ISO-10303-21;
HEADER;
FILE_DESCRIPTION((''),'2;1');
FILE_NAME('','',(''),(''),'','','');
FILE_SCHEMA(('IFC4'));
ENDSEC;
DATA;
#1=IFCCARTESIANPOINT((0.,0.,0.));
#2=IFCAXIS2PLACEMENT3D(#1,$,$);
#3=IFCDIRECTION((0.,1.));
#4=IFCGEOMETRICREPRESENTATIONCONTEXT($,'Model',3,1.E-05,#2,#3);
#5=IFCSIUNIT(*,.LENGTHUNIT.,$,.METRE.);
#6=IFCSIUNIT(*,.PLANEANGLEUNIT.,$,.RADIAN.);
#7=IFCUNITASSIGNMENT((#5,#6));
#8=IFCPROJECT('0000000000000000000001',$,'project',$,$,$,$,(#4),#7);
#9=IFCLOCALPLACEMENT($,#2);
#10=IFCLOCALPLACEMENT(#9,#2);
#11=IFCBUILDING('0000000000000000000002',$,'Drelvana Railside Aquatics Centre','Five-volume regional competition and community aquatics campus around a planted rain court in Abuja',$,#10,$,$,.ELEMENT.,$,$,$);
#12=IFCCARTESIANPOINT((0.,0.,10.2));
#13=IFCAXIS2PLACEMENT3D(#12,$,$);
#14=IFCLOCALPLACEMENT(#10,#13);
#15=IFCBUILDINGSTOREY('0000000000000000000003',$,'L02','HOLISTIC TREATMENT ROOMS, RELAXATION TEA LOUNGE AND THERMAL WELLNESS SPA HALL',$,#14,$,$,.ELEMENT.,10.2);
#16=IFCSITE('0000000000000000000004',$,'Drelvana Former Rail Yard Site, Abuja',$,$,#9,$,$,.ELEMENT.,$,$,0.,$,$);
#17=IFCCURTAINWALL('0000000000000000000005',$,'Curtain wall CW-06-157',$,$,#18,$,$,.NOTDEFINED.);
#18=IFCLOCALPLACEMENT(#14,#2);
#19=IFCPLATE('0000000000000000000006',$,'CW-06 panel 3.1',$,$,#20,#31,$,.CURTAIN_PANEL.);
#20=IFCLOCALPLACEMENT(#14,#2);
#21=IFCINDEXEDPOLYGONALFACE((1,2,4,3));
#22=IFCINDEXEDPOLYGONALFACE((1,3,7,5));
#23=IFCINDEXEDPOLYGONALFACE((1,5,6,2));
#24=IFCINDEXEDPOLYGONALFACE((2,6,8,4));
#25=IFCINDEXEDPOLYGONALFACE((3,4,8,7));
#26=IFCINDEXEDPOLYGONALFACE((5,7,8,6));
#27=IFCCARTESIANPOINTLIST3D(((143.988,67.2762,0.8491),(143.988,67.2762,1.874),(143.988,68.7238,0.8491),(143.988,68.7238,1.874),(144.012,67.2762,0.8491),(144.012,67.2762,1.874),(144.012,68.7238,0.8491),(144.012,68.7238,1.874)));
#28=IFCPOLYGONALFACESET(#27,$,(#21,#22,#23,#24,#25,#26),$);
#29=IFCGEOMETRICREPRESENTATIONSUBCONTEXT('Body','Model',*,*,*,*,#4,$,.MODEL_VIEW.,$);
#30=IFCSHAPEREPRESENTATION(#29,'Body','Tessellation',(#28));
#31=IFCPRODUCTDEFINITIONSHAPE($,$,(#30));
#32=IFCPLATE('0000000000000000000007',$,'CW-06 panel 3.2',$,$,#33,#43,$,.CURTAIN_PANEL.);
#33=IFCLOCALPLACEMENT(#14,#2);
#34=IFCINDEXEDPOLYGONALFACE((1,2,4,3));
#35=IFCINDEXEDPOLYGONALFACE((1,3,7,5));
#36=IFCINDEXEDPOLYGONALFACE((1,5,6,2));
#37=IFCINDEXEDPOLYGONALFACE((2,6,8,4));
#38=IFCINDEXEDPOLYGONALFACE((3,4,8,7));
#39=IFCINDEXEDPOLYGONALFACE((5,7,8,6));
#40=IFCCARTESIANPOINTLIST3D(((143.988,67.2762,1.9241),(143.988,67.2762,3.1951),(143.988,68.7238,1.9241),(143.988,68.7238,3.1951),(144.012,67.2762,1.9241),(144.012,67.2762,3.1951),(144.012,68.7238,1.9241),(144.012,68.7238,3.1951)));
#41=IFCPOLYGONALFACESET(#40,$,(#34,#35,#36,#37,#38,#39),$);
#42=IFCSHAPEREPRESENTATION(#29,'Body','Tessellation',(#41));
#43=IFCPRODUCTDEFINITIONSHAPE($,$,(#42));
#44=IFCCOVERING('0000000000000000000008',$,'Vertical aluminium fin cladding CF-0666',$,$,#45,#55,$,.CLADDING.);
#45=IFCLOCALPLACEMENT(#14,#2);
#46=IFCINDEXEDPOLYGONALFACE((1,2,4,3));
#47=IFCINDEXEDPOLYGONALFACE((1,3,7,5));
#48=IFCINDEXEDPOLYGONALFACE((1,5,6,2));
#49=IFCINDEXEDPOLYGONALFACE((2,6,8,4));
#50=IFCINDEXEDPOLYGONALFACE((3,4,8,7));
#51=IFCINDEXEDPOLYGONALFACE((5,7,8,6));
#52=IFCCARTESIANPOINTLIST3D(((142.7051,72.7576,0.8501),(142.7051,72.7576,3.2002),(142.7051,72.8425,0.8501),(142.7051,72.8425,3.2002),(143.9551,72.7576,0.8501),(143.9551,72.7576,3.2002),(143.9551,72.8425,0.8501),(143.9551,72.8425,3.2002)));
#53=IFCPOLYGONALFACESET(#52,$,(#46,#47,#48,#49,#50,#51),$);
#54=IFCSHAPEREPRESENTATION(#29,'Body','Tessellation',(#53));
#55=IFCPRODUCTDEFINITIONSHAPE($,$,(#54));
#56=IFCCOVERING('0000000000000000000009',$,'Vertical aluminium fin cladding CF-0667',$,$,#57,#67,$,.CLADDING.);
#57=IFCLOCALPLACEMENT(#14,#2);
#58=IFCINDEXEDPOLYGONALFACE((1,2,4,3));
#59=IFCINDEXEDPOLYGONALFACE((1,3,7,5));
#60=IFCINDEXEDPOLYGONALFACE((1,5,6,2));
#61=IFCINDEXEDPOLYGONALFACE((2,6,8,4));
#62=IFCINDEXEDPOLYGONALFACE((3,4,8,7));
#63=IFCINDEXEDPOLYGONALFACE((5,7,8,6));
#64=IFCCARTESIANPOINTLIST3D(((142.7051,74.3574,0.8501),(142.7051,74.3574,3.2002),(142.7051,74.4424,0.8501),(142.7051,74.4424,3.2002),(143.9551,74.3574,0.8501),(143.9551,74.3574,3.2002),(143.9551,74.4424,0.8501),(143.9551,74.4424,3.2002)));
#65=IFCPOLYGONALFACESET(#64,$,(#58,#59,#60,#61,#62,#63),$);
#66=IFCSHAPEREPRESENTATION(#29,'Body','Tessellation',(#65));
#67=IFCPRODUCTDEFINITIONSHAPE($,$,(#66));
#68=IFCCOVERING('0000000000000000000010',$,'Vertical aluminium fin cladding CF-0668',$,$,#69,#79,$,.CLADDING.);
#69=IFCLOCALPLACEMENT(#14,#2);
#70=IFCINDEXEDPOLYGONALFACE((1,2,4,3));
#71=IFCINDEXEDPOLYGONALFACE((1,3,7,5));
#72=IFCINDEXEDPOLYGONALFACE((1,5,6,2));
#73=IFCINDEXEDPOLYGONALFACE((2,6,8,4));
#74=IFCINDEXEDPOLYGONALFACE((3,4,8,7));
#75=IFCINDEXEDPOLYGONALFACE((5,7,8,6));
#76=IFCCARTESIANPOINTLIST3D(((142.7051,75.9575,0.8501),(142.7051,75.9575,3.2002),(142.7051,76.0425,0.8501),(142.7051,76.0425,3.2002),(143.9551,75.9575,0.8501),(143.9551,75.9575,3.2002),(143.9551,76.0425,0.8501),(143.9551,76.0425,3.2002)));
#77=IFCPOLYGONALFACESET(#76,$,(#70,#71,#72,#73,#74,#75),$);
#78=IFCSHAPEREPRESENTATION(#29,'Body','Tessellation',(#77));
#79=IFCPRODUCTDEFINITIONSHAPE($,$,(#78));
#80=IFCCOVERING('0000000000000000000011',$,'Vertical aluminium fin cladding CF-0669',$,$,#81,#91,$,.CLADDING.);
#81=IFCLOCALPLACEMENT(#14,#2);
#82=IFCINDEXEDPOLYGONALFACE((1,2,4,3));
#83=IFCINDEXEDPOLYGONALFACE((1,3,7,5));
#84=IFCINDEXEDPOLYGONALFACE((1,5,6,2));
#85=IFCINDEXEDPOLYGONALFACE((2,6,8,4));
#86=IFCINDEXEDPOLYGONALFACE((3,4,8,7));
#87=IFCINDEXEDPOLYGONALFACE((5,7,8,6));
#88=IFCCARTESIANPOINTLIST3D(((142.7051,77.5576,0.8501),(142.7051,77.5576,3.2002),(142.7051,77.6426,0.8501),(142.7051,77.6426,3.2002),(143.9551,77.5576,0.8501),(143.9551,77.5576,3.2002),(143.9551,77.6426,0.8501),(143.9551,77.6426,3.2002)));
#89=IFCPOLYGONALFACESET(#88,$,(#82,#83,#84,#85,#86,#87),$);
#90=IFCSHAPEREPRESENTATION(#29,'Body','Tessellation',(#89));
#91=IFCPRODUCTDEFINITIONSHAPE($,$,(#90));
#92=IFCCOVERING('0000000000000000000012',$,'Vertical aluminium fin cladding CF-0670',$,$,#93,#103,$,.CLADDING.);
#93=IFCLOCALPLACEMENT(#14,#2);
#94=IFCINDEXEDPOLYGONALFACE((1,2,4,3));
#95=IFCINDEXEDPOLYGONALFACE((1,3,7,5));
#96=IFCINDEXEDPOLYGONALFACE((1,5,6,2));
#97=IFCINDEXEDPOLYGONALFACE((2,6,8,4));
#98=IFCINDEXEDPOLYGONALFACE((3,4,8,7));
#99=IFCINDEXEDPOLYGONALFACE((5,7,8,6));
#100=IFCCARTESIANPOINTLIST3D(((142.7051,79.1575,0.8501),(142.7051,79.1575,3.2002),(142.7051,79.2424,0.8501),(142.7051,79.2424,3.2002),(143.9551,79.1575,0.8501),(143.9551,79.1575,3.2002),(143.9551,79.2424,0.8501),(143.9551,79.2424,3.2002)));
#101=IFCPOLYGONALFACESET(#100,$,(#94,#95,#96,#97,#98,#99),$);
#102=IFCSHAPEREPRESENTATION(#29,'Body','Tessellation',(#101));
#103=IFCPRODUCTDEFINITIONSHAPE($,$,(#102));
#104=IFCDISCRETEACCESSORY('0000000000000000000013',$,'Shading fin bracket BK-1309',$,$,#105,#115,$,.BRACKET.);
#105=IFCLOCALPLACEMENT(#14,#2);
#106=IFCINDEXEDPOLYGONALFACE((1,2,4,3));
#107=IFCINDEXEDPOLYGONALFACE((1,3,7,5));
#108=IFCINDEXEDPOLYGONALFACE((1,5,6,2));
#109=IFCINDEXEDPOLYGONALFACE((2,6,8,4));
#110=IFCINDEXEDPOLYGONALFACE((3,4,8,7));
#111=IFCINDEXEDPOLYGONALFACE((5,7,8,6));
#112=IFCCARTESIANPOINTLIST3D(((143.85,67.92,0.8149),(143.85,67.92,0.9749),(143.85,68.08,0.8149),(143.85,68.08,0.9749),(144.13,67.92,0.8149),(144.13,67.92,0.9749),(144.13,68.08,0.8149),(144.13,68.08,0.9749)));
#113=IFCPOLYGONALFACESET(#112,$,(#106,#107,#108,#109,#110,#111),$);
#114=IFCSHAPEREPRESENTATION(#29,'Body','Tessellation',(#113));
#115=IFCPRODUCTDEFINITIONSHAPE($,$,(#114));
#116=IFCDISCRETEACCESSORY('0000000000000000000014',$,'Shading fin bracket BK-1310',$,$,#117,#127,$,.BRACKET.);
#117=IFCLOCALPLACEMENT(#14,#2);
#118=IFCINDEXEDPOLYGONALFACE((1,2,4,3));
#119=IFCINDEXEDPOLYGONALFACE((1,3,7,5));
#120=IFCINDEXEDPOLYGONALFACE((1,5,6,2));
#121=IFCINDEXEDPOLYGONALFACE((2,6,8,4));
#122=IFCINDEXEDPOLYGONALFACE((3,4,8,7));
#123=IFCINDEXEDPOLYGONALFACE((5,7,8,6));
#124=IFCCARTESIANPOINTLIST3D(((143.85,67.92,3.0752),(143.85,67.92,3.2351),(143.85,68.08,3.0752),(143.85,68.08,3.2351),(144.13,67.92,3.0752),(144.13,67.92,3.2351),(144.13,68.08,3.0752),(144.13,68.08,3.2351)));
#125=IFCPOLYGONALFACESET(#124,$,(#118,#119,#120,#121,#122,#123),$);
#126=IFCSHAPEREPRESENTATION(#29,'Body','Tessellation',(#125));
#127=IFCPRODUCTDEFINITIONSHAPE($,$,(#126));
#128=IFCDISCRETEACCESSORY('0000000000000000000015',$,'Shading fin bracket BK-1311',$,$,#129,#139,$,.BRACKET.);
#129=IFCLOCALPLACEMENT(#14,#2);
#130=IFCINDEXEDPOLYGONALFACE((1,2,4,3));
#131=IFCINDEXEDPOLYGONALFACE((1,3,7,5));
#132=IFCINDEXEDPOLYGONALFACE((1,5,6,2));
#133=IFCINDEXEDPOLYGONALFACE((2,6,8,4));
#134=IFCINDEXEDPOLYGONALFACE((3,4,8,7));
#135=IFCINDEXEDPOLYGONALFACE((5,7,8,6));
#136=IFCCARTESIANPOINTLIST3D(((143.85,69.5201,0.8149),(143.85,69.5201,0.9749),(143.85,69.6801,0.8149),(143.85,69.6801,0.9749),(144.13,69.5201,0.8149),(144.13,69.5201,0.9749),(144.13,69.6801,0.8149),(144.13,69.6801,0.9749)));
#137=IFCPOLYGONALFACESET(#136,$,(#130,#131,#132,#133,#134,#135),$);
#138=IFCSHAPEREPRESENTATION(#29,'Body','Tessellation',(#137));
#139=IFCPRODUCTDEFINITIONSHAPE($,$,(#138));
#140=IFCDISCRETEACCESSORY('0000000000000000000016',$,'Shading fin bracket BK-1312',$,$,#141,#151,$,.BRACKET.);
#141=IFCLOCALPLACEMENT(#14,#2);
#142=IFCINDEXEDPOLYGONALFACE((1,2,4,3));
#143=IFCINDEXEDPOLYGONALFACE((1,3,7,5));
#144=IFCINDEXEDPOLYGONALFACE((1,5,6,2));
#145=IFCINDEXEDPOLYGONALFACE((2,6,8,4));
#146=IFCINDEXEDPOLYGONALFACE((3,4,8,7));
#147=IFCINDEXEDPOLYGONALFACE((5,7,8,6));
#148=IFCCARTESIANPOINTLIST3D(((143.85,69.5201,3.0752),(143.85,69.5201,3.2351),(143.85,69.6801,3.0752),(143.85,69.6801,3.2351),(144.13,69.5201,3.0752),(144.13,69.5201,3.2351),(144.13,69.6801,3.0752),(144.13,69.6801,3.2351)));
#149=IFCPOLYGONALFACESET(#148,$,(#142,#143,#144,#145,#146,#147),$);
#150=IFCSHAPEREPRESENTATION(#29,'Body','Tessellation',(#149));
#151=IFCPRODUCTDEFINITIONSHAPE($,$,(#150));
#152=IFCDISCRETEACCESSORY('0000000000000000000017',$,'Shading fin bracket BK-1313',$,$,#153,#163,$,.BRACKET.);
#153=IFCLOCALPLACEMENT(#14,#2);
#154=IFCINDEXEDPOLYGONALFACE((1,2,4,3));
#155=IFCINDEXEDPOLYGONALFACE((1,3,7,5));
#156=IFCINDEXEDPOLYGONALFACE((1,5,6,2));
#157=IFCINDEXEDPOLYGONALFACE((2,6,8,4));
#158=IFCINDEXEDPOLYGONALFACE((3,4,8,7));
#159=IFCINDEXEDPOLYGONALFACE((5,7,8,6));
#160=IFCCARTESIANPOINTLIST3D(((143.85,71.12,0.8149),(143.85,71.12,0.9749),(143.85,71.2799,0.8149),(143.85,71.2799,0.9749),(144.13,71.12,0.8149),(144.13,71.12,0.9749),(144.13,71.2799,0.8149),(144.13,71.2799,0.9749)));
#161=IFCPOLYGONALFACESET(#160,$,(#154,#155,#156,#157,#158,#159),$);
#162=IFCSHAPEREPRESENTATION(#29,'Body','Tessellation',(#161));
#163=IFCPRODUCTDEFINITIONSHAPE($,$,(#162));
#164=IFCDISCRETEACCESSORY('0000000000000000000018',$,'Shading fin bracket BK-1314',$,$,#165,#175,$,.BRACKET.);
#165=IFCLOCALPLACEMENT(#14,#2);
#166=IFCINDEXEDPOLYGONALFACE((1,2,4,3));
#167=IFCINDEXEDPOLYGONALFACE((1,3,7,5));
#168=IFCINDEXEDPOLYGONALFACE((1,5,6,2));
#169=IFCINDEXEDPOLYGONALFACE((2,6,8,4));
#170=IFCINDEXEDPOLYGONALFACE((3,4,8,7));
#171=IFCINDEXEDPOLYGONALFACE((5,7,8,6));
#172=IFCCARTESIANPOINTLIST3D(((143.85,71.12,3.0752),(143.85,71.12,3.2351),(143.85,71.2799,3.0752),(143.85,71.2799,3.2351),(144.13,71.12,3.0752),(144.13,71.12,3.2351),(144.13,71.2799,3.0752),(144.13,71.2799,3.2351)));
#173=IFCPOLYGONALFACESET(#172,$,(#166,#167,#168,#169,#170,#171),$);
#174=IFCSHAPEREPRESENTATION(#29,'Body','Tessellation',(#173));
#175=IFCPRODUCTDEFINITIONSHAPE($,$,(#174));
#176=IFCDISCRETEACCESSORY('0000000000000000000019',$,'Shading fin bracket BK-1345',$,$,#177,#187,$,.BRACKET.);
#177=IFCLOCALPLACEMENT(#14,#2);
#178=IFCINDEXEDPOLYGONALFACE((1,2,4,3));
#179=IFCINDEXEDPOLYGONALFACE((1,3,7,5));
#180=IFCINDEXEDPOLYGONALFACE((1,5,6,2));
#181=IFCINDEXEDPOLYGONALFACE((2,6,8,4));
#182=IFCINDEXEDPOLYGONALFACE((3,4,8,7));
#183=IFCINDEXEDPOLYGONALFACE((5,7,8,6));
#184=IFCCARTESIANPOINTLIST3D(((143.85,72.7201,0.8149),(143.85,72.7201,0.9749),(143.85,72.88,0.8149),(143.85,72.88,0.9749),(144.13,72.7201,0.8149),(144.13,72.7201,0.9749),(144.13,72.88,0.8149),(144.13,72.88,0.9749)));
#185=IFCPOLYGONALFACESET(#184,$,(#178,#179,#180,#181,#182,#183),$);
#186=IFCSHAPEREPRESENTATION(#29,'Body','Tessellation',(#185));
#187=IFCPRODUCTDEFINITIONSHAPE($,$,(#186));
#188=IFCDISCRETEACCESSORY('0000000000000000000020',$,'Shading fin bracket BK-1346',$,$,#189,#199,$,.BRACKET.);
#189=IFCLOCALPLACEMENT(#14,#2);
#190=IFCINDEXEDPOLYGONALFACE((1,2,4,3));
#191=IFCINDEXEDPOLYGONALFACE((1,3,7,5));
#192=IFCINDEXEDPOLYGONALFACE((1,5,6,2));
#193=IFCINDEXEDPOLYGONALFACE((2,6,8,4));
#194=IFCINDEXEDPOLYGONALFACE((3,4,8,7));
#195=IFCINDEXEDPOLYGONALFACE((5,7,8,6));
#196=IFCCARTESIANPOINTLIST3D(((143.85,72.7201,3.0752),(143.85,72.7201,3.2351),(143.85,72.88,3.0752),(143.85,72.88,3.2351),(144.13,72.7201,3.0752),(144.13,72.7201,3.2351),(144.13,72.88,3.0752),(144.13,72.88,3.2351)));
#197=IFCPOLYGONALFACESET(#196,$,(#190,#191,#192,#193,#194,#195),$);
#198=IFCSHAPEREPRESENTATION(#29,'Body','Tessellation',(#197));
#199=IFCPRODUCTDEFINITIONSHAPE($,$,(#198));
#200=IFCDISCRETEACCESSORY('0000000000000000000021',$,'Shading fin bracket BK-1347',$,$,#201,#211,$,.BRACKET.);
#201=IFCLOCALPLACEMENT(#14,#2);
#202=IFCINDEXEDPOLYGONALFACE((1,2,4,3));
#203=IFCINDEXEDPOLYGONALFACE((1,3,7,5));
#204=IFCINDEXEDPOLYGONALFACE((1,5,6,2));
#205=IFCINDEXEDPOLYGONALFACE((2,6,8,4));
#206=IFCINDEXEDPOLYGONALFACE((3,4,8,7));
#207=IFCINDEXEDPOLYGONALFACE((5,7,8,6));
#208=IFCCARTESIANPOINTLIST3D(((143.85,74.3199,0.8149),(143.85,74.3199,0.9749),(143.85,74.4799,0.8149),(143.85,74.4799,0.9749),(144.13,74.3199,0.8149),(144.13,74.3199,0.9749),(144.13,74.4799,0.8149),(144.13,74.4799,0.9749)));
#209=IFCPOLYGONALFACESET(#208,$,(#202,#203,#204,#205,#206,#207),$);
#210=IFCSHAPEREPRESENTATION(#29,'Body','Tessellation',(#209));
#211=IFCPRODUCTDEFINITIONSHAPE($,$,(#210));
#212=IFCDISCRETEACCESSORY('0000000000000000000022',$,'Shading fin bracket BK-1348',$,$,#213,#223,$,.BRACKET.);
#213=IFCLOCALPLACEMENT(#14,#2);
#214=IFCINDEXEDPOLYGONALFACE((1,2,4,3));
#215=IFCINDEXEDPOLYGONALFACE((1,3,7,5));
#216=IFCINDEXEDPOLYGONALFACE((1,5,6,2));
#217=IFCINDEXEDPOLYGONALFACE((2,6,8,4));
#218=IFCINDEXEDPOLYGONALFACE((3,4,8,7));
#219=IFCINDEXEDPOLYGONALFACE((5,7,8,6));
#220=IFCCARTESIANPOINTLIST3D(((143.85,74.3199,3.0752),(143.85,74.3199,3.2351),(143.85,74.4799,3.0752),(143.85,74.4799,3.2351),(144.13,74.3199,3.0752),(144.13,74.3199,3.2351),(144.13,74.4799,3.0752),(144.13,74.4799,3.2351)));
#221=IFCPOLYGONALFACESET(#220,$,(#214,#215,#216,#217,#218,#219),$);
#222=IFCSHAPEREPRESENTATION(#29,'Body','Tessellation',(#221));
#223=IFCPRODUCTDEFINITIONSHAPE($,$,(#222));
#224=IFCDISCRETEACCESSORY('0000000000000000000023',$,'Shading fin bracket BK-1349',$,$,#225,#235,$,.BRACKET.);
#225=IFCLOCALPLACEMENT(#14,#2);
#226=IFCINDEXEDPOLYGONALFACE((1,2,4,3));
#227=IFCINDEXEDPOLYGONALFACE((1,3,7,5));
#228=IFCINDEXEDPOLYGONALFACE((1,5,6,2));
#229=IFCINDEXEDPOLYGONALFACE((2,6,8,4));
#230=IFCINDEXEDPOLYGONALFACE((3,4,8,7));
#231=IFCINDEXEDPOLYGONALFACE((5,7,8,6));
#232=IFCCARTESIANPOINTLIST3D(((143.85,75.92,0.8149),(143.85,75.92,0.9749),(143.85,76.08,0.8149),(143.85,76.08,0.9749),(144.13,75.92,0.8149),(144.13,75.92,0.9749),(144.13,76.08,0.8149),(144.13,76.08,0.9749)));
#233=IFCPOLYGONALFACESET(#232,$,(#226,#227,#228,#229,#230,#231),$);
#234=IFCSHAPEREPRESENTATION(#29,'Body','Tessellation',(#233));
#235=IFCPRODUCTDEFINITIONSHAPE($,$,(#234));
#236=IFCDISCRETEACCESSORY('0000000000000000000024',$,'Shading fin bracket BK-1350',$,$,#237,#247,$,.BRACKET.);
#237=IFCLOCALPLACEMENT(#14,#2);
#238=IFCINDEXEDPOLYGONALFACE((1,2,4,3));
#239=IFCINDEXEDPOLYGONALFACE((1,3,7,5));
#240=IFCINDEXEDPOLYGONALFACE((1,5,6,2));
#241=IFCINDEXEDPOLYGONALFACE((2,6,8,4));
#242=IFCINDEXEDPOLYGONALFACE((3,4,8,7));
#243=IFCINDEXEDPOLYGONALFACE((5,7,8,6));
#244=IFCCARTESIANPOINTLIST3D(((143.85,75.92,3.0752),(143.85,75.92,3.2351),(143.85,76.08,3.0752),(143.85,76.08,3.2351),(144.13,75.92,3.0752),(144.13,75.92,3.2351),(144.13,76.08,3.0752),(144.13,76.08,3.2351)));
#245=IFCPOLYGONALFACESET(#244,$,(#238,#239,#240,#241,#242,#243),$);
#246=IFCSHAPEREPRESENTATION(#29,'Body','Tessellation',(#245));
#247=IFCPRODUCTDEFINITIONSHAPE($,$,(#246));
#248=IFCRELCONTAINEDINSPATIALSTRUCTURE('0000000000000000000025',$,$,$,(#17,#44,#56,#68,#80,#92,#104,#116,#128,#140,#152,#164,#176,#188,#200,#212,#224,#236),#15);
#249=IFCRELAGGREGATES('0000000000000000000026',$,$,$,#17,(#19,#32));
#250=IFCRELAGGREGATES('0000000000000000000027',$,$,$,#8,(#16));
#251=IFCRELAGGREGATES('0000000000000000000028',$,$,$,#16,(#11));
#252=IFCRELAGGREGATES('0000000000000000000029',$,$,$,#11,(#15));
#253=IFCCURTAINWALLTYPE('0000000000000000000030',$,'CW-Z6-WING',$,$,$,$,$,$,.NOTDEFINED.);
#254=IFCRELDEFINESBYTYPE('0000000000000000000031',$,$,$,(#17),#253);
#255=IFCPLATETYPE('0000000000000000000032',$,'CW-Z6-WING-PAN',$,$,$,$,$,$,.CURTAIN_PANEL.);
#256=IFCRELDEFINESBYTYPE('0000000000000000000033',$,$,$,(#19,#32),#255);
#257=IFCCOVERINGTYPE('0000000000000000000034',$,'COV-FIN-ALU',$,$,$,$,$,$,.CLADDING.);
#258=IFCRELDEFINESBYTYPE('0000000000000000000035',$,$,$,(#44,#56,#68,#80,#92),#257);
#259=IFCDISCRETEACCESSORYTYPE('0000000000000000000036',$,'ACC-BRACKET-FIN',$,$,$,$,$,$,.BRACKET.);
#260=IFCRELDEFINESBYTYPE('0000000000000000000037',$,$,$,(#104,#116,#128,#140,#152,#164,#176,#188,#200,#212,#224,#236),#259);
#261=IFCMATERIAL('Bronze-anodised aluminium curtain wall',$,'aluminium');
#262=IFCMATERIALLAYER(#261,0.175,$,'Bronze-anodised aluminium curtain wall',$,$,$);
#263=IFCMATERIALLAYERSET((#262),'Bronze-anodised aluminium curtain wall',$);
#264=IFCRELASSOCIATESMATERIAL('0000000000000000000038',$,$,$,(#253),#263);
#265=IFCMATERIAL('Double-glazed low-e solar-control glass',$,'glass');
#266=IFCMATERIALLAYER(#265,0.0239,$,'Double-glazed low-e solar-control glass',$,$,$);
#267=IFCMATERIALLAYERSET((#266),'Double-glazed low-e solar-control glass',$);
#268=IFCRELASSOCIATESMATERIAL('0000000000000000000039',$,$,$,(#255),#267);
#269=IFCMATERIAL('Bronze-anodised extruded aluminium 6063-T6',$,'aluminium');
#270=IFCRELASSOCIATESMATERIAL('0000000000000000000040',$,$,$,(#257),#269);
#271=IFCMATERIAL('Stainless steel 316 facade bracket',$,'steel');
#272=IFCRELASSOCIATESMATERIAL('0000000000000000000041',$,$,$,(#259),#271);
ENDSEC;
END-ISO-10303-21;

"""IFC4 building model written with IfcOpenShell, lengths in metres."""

from ifc_helpers import new_model, si_unit, direction, frame, origin, origin_2d, place, context, subcontext, project, spatial, rectangle, extrude, material, layer, layer_set, type_object, element, aggregate, save


model = new_model("IFC4")

# Units and contexts
model_context = context("Model", 3, precision=1e-05, world=origin(), true_north=direction((0.0, 1.0)))
body_context = subcontext(model_context, "Body", "Model", "MODEL_VIEW")
ifc_project = project(units=[si_unit("LENGTHUNIT", "METRE"), si_unit("PLANEANGLEUNIT", "RADIAN")], contexts=[model_context])

# Site, building, storey
site_placement = place(None, origin())
site = spatial("IfcSite", under=ifc_project, at=site_placement, Name="Drelvana Former Rail Yard Site, Abuja", CompositionType="ELEMENT", RefElevation=0.0)
building_placement = place(site_placement, origin())
building = spatial("IfcBuilding", under=site, at=building_placement, Name="Drelvana Railside Aquatics Centre", Description="Five-volume regional competition and community aquatics campus around a planted rain court in Abuja", CompositionType="ELEMENT")
storey_placement = place(building_placement, frame((0.0, 0.0, 10.2)))
storey = spatial("IfcBuildingStorey", under=building, at=storey_placement, Name="L02", Description="HOLISTIC TREATMENT ROOMS, RELAXATION TEA LOUNGE AND THERMAL WELLNESS SPA HALL", CompositionType="ELEMENT", Elevation=10.2)

# Curtain wall, plates
ifc_material_1 = material(Name="Bronze-anodised aluminium curtain wall", Category="aluminium")
ifc_layer_1 = layer(ifc_material_1, 0.175, Name="Bronze-anodised aluminium curtain wall")
ifc_layer_set_1 = layer_set([ifc_layer_1], Name="Bronze-anodised aluminium curtain wall")
curtain_wall_type = type_object("IfcCurtainWallType", Name="CW-Z6-WING", PredefinedType="NOTDEFINED", material=ifc_layer_set_1)
curtain_wall_placement = place(storey_placement, origin())
curtain_wall = element("IfcCurtainWall", 1, at=curtain_wall_placement, inside=storey, type_object=curtain_wall_type, Name="Curtain wall CW-06-157", PredefinedType="NOTDEFINED")
ifc_material_2 = material(Name="Double-glazed low-e solar-control glass", Category="glass")
ifc_layer_2 = layer(ifc_material_2, 0.0239, Name="Double-glazed low-e solar-control glass")
ifc_layer_set_2 = layer_set([ifc_layer_2], Name="Double-glazed low-e solar-control glass")
plate_type = type_object("IfcPlateType", Name="CW-Z6-WING-PAN", PredefinedType="CURTAIN_PANEL", material=ifc_layer_set_2)
plate_1_placement = place(storey_placement, frame((144.0, 68.0, 0.8491), z_axis=(0.0, 0.0, 1.0), x_axis=(0.0, 1.0, 0.0)))
plate_1 = element("IfcPlate", 2, at=plate_1_placement, type_object=plate_type, Name="CW-06 panel 3.1", PredefinedType="CURTAIN_PANEL", context=body_context, shape_type="SweptSolid", body=[
    extrude(rectangle(XDim=1.4475, YDim=0.0239, at=origin_2d()), origin(), (0.0, 0.0, 1.0), 1.0249),
])
plate_2_placement = place(storey_placement, frame((144.0, 68.0, 1.9241), z_axis=(0.0, 0.0, 1.0), x_axis=(0.0, 1.0, 0.0)))
plate_2 = element("IfcPlate", 3, at=plate_2_placement, type_object=plate_type, Name="CW-06 panel 3.2", PredefinedType="CURTAIN_PANEL", context=body_context, shape_type="SweptSolid", body=[
    extrude(rectangle(XDim=1.4475, YDim=0.0239, at=origin_2d()), origin(), (0.0, 0.0, 1.0), 1.271),
])
aggregate(curtain_wall, [plate_1, plate_2])

# Coverings
ifc_material_3 = material(Name="Bronze-anodised extruded aluminium 6063-T6", Category="aluminium")
covering_type = type_object("IfcCoveringType", Name="COV-FIN-ALU", PredefinedType="CLADDING", material=ifc_material_3)
for number, where, z_axis, x_axis, name in (
    (4, (143.3301, 72.8, 0.8501), (0.0, 0.0, 1.0), (0.0, 1.0, 0.0), "Vertical aluminium fin cladding CF-0666"),
    (5, (143.3301, 74.3999, 0.8501), (0.0, 0.0, 1.0), (0.0, 1.0, 0.0), "Vertical aluminium fin cladding CF-0667"),
    (6, (143.3301, 76.0, 0.8501), (0.0, 0.0, 1.0), (0.0, 1.0, 0.0), "Vertical aluminium fin cladding CF-0668"),
    (7, (143.3301, 77.6001, 0.8501), (0.0, 0.0, 1.0), (0.0, 1.0, 0.0), "Vertical aluminium fin cladding CF-0669"),
    (8, (143.3301, 79.2, 0.8501), (0.0, 0.0, 1.0), (0.0, 1.0, 0.0), "Vertical aluminium fin cladding CF-0670"),
):
    element("IfcCovering", number, at=place(storey_placement, frame(where, z_axis=z_axis, x_axis=x_axis)), inside=storey, type_object=covering_type, Name=name, PredefinedType="CLADDING", context=body_context, shape_type="SweptSolid", body=[
        extrude(rectangle(XDim=0.085, YDim=1.25, at=origin_2d()), origin(), (0.0, 0.0, 1.0), 2.3501),
    ])

# Discrete accessories
ifc_material_4 = material(Name="Stainless steel 316 facade bracket", Category="steel")
discrete_accessory_type = type_object("IfcDiscreteAccessoryType", Name="ACC-BRACKET-FIN", PredefinedType="BRACKET", material=ifc_material_4)
for number, where, z_axis, x_axis, name in (
    (9, (143.99, 68.0, 0.8149), (0.0, 0.0, 1.0), (-1.0, 0.0, 0.0), "Shading fin bracket BK-1309"),
    (10, (143.99, 68.0, 3.0752), (0.0, 0.0, 1.0), (-1.0, 0.0, 0.0), "Shading fin bracket BK-1310"),
    (11, (143.99, 69.6001, 0.8149), (0.0, 0.0, 1.0), (-1.0, 0.0, 0.0), "Shading fin bracket BK-1311"),
    (12, (143.99, 69.6001, 3.0752), (0.0, 0.0, 1.0), (-1.0, 0.0, 0.0), "Shading fin bracket BK-1312"),
    (13, (143.99, 71.2, 0.8149), (0.0, 0.0, 1.0), (-1.0, 0.0, 0.0), "Shading fin bracket BK-1313"),
    (14, (143.99, 71.2, 3.0752), (0.0, 0.0, 1.0), (-1.0, 0.0, 0.0), "Shading fin bracket BK-1314"),
    (15, (143.99, 72.8, 0.8149), (0.0, 0.0, 1.0), (-1.0, 0.0, 0.0), "Shading fin bracket BK-1345"),
    (16, (143.99, 72.8, 3.0752), (0.0, 0.0, 1.0), (-1.0, 0.0, 0.0), "Shading fin bracket BK-1346"),
    (17, (143.99, 74.3999, 0.8149), (0.0, 0.0, 1.0), (-1.0, 0.0, 0.0), "Shading fin bracket BK-1347"),
    (18, (143.99, 74.3999, 3.0752), (0.0, 0.0, 1.0), (-1.0, 0.0, 0.0), "Shading fin bracket BK-1348"),
    (19, (143.99, 76.0, 0.8149), (0.0, 0.0, 1.0), (-1.0, 0.0, 0.0), "Shading fin bracket BK-1349"),
    (20, (143.99, 76.0, 3.0752), (0.0, 0.0, 1.0), (-1.0, 0.0, 0.0), "Shading fin bracket BK-1350"),
):
    element("IfcDiscreteAccessory", number, at=place(storey_placement, frame(where, z_axis=z_axis, x_axis=x_axis)), inside=storey, type_object=discrete_accessory_type, Name=name, PredefinedType="BRACKET", context=body_context, shape_type="SweptSolid", body=[
        extrude(rectangle(XDim=0.28, YDim=0.1599, at=origin_2d()), origin(), (0.0, 0.0, 1.0), 0.1599),
    ])

save(model, "model.ifc")
